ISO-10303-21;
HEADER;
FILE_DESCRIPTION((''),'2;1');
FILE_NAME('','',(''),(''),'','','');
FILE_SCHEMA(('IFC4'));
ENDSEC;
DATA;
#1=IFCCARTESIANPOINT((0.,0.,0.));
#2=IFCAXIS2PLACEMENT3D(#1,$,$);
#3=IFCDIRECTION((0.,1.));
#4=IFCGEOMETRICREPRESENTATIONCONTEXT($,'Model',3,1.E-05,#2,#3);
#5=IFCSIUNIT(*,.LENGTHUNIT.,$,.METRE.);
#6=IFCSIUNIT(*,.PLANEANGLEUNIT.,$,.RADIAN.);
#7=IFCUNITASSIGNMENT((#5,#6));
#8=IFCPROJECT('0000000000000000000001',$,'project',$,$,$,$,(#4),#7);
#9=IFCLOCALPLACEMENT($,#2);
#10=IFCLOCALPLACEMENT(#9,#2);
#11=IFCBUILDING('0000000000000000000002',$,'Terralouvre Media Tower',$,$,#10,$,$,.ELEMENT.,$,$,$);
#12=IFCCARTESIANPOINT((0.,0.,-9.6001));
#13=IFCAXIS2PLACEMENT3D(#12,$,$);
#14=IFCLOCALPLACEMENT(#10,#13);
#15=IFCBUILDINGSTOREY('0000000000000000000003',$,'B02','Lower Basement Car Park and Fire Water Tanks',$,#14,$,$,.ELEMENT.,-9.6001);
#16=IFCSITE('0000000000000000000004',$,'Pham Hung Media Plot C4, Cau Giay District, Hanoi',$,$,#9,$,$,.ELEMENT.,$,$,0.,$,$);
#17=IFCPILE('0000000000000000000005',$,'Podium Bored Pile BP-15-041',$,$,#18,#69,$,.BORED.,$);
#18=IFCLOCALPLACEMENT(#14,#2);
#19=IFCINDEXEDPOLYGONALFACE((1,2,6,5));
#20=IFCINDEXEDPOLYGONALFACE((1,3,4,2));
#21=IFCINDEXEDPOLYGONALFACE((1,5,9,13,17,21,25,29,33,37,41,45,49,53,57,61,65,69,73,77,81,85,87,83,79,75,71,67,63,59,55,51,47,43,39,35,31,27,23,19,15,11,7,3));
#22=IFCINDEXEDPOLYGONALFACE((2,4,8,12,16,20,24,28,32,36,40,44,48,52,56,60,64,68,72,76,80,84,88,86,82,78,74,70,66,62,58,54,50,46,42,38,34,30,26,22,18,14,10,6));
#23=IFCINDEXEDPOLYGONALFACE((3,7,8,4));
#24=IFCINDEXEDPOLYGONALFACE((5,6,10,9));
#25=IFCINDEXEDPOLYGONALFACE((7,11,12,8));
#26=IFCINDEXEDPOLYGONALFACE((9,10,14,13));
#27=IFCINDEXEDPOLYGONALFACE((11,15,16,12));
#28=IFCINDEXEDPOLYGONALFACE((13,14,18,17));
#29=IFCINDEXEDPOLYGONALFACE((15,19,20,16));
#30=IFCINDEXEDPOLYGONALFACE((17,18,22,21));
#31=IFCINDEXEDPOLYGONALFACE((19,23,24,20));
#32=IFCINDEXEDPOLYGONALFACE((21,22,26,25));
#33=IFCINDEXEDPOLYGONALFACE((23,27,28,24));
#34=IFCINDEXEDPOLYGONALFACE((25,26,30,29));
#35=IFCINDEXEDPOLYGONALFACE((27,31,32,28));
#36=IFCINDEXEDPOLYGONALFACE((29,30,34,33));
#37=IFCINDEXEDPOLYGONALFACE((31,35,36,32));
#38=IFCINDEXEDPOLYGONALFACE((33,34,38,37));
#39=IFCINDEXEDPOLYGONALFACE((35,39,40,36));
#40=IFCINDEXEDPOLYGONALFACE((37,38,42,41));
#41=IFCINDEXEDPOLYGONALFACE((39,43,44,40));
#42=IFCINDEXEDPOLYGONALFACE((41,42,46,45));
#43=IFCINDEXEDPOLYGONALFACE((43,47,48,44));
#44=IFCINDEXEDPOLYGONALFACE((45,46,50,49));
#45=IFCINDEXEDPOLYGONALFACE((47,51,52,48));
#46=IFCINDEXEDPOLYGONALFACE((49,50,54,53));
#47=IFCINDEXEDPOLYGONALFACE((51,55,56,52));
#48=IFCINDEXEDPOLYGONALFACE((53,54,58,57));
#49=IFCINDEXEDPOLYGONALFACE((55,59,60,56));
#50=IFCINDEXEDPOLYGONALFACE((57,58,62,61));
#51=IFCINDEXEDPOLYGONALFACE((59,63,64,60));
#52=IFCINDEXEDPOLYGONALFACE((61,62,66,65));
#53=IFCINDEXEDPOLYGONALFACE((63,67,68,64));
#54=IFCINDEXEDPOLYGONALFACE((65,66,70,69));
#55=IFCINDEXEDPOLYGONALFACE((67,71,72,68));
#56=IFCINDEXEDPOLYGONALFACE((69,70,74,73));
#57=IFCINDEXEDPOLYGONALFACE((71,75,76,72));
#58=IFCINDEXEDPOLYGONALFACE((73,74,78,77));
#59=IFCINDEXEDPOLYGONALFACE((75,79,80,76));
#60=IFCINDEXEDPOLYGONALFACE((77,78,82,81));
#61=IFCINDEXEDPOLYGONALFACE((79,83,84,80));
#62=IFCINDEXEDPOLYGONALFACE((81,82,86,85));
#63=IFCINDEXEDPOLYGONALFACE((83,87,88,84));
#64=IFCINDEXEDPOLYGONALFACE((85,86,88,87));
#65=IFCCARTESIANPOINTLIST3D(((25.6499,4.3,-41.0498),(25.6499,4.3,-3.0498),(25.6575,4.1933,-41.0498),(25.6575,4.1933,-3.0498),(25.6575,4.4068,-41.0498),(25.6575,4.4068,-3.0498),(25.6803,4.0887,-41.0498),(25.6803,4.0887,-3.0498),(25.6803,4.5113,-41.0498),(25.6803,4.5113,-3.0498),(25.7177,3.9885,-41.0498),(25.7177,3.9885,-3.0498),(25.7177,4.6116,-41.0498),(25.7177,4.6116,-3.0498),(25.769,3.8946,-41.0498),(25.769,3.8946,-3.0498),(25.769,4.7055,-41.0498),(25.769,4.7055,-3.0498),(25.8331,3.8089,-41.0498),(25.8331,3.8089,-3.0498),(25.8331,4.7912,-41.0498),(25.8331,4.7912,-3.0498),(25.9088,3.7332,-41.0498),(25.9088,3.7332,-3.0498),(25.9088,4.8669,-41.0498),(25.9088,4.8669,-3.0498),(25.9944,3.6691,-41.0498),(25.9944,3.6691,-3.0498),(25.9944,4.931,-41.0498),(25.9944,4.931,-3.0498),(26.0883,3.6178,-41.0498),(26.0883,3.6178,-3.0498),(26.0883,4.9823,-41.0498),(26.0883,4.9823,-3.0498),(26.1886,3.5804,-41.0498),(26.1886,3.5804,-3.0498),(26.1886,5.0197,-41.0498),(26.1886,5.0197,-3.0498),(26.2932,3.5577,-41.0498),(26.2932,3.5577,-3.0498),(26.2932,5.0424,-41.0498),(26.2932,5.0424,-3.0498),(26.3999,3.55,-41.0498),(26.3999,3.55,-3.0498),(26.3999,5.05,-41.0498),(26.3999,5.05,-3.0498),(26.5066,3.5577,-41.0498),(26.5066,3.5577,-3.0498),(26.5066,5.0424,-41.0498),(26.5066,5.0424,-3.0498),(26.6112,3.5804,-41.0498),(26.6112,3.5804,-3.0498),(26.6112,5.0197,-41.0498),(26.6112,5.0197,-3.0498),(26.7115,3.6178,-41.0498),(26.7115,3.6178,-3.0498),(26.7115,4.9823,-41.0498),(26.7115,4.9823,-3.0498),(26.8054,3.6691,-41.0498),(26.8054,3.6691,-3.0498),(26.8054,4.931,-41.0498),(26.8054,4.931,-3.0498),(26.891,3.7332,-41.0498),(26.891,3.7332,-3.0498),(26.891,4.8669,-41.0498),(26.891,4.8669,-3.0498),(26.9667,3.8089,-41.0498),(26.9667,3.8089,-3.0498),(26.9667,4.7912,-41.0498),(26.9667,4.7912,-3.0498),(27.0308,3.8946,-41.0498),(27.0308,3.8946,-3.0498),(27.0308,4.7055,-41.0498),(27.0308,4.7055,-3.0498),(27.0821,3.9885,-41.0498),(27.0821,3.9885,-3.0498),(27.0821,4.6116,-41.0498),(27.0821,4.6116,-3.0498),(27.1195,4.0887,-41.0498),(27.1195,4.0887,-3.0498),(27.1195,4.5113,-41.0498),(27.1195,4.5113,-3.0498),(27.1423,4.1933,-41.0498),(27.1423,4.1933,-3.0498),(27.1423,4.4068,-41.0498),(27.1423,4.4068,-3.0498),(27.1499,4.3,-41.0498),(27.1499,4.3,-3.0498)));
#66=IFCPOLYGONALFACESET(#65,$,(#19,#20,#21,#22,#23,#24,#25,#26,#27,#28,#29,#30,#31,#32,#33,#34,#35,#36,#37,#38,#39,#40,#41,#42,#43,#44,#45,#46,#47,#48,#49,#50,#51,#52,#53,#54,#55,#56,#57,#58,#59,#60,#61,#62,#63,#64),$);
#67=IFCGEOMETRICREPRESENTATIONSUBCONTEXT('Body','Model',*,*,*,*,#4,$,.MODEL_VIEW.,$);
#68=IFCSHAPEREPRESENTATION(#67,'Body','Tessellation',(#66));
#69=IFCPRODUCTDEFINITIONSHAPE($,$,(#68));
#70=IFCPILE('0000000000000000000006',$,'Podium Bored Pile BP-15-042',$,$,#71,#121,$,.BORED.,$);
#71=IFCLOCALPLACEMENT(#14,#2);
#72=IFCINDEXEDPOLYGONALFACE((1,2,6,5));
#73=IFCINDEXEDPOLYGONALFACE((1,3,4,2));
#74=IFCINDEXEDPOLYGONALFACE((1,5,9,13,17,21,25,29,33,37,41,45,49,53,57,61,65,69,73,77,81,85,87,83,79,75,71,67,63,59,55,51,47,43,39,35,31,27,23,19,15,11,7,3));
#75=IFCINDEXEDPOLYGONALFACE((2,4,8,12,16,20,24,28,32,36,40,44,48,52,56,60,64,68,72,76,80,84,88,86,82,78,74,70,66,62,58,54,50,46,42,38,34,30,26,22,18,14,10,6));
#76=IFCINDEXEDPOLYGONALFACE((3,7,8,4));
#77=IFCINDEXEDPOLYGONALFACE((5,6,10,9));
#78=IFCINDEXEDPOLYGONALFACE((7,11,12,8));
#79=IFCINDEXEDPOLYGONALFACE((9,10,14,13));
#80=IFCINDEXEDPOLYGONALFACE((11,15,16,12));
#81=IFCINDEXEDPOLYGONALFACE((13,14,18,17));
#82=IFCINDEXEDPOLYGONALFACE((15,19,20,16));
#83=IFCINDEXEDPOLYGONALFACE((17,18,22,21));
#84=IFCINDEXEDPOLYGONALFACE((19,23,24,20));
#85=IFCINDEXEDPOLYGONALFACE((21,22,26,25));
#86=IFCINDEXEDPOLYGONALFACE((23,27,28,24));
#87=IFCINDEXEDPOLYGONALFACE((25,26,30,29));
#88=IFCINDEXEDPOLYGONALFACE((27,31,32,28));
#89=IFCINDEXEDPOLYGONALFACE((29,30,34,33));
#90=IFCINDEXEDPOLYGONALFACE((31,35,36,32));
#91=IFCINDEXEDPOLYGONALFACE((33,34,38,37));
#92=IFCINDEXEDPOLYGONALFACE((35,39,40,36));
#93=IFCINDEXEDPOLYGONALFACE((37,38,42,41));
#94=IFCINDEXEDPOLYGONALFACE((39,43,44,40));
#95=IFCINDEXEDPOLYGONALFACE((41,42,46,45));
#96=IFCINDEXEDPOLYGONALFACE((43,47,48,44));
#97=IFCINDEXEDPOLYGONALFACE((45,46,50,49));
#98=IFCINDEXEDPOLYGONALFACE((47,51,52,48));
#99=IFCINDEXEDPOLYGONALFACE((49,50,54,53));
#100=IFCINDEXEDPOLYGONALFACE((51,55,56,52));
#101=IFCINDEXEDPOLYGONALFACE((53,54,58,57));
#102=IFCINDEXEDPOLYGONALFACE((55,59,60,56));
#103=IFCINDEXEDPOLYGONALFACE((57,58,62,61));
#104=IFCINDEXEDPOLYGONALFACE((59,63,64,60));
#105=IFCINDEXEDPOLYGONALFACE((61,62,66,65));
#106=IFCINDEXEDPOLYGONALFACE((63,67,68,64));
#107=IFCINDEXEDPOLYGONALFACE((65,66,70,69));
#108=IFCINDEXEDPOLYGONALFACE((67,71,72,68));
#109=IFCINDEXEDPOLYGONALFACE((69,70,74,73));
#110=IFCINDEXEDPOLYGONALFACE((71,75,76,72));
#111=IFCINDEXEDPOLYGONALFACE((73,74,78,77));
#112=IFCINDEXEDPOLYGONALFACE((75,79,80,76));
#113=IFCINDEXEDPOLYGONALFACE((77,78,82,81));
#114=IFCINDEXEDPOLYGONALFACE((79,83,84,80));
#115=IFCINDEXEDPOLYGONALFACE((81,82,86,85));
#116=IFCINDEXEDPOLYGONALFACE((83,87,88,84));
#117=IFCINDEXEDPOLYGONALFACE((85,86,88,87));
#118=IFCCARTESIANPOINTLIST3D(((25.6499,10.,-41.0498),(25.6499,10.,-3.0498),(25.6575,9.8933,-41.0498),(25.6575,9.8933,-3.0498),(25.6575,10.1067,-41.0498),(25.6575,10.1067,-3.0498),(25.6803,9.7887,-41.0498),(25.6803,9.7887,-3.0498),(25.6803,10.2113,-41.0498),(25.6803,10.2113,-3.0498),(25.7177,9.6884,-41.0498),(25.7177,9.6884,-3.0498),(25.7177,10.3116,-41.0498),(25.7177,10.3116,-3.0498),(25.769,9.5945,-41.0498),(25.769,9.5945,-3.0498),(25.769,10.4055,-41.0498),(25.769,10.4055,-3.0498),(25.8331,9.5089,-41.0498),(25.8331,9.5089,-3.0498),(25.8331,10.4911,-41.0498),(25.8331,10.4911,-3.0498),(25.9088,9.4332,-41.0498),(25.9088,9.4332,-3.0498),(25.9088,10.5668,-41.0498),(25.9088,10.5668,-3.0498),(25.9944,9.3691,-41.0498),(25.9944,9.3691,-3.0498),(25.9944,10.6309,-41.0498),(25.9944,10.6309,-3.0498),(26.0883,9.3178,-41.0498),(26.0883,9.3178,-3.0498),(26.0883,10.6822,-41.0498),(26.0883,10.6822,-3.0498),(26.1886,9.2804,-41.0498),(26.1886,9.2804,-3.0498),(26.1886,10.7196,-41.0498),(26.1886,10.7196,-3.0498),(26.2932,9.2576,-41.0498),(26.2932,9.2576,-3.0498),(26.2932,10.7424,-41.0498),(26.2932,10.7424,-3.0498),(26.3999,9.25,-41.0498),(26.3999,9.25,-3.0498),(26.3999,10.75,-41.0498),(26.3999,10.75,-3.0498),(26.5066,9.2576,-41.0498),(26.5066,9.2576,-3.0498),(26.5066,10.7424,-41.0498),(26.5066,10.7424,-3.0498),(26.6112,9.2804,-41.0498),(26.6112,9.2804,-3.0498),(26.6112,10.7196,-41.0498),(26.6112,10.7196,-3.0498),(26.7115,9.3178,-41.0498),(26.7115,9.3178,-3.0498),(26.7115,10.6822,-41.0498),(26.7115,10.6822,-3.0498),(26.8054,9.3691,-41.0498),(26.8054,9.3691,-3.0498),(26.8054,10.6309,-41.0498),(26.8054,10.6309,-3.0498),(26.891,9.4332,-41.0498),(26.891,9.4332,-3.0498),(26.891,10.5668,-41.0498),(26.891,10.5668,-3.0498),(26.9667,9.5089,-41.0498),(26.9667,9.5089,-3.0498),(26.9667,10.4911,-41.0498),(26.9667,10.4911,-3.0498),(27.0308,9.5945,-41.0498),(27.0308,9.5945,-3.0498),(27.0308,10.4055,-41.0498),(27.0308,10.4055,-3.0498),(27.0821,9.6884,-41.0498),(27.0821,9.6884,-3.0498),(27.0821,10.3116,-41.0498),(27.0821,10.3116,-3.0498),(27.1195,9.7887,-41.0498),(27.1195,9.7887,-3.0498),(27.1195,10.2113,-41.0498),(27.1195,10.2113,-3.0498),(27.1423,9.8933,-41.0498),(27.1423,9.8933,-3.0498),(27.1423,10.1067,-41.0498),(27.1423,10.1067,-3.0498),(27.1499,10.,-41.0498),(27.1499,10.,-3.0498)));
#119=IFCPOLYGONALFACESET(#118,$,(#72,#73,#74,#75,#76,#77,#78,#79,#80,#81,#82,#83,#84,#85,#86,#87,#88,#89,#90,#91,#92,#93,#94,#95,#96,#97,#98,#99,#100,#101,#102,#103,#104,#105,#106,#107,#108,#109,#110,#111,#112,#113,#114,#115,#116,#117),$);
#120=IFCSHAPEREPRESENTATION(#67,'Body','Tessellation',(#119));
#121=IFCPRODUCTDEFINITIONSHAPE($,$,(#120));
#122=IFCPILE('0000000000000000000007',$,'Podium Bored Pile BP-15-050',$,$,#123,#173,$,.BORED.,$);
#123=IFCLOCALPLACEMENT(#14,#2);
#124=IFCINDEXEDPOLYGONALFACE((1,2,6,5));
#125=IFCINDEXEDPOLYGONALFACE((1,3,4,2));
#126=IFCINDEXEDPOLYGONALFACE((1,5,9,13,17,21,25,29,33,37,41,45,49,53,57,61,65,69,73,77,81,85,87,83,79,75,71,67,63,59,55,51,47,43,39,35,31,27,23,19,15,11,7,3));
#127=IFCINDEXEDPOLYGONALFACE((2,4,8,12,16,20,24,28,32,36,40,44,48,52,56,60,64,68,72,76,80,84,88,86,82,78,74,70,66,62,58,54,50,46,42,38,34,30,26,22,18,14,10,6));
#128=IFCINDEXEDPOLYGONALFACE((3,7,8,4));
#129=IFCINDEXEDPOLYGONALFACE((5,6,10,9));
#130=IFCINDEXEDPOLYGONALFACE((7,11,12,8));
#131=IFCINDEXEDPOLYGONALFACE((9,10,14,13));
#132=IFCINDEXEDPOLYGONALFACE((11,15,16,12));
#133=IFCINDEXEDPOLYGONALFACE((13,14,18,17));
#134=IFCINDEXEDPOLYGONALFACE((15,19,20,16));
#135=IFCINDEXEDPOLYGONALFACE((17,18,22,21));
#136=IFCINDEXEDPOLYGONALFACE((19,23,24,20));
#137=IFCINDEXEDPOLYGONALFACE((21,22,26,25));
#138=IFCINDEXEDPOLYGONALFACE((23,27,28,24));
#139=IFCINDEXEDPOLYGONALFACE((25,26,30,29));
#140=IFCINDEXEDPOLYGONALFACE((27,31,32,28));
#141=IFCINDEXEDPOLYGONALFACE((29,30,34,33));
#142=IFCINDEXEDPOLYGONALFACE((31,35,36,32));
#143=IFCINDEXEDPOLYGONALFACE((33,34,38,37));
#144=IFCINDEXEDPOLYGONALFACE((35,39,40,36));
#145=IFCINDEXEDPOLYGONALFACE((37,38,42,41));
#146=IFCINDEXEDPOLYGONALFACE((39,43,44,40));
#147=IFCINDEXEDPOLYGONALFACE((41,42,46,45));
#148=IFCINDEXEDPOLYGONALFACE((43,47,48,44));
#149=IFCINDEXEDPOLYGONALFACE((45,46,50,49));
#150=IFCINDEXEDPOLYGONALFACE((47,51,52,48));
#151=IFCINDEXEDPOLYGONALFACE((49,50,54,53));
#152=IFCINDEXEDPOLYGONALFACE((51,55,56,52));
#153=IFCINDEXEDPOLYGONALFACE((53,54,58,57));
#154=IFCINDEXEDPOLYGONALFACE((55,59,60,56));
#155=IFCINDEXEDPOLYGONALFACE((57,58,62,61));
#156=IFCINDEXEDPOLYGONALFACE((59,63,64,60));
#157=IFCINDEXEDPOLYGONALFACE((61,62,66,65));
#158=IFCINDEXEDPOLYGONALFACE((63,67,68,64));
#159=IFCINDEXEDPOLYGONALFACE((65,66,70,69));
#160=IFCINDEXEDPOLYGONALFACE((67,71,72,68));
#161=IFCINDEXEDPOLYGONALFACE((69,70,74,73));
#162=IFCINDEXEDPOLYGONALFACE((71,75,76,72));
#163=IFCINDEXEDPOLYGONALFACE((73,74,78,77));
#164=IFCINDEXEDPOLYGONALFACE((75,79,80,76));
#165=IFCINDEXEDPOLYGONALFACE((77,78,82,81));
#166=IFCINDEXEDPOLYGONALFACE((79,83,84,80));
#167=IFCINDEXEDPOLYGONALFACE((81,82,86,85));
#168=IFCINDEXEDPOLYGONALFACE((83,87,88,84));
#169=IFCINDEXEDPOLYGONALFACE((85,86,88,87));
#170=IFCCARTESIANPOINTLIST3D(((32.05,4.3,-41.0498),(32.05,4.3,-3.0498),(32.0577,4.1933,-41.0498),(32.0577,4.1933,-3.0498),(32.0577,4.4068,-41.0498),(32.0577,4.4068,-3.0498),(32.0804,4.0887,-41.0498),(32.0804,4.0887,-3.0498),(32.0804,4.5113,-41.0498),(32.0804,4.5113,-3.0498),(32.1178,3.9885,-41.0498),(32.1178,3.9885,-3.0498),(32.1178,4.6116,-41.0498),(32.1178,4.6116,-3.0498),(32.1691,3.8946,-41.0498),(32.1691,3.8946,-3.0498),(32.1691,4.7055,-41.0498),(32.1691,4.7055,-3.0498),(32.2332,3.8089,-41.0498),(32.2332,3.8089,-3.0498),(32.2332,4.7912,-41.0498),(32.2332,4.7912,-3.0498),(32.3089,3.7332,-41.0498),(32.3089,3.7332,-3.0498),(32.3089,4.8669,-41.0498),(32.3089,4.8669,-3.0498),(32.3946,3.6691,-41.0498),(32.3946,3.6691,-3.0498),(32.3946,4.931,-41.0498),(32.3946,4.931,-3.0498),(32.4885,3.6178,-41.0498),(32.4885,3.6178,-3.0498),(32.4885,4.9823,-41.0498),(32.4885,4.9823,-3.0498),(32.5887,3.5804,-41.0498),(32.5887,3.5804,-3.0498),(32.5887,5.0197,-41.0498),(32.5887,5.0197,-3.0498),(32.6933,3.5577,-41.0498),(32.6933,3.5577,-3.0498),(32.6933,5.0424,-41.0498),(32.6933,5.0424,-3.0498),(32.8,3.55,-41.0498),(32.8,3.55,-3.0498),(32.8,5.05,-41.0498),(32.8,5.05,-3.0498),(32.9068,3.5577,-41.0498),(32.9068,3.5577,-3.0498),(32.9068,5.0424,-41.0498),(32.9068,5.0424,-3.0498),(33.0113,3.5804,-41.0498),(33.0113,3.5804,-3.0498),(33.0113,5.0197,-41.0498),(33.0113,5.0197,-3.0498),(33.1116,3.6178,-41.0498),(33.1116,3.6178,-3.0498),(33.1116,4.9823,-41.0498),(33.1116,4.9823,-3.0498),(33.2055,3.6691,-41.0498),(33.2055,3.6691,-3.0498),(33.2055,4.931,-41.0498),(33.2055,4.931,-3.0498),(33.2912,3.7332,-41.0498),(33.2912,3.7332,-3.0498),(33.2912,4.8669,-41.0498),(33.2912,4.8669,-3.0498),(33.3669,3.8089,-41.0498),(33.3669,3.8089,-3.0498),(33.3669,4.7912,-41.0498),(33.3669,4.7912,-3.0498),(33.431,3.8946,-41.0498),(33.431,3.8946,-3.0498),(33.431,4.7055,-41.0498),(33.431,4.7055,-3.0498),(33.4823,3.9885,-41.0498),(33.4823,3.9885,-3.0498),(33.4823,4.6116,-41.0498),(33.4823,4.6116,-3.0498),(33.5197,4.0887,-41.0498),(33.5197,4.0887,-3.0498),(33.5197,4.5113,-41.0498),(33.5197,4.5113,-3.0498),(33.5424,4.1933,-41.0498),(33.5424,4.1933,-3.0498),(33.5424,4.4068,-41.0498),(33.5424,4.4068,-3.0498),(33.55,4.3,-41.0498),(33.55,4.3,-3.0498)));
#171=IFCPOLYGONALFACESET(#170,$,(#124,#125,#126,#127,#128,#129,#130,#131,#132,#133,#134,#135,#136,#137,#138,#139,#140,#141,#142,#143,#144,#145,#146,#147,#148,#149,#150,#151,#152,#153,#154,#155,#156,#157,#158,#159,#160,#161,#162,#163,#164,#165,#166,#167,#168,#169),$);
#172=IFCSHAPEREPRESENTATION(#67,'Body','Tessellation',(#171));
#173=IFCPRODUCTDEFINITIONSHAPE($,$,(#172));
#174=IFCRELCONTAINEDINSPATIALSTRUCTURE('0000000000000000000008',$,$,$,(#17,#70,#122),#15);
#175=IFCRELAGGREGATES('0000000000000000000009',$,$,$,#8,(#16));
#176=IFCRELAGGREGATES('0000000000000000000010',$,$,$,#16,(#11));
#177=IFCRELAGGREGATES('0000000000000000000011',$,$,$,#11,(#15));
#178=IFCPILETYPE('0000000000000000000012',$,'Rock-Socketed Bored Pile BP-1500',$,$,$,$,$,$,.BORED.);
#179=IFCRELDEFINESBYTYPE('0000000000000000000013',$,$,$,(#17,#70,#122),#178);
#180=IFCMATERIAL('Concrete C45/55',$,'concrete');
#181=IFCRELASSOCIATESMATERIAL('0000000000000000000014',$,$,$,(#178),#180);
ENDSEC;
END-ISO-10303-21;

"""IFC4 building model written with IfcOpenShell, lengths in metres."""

from ifc_helpers import new_model, si_unit, direction, frame, origin, origin_2d, place, context, subcontext, project, spatial, circle, extrude, material, material_profile, profile_set, type_object, element, save


model = new_model("IFC4")

# Units and contexts
model_context = context("Model", 3, precision=1e-05, world=origin(), true_north=direction((0.0, 1.0)))
body_context = subcontext(model_context, "Body", "Model", "MODEL_VIEW")
ifc_project = project(units=[si_unit("LENGTHUNIT", "METRE"), si_unit("PLANEANGLEUNIT", "RADIAN")], contexts=[model_context])

# Site, building, storey
site_placement = place(None, origin())
site = spatial("IfcSite", under=ifc_project, at=site_placement, Name="Pham Hung Media Plot C4, Cau Giay District, Hanoi", CompositionType="ELEMENT", RefElevation=0.0)
building_placement = place(site_placement, origin())
building = spatial("IfcBuilding", under=site, at=building_placement, Name="Terralouvre Media Tower", CompositionType="ELEMENT")
storey_placement = place(building_placement, frame((0.0, 0.0, -9.6001)))
storey = spatial("IfcBuildingStorey", under=building, at=storey_placement, Name="B02", Description="Lower Basement Car Park and Fire Water Tanks", CompositionType="ELEMENT", Elevation=-9.6001)

# Piles
ifc_material_1 = material(Name="Concrete C45/55", Category="concrete")
ifc_material_profile_1 = material_profile(ifc_material_1, circle(Radius=0.75, at=origin_2d()), Name="BORED PILE 1500")
ifc_profile_set_1 = profile_set([ifc_material_profile_1], Name="Concrete C45/55")
pile_type = type_object("IfcPileType", Name="Rock-Socketed Bored Pile BP-1500", PredefinedType="BORED", material=ifc_profile_set_1)
for number, where, z_axis, x_axis, name in (
    (1, (26.3999, 4.3, -3.0498), (0.0, 0.0, -1.0), (1.0, 0.0, 0.0), "Podium Bored Pile BP-15-041"),
    (2, (26.3999, 10.0, -3.0498), (0.0, 0.0, -1.0), (1.0, 0.0, 0.0), "Podium Bored Pile BP-15-042"),
    (3, (32.8, 4.3, -3.0498), (0.0, 0.0, -1.0), (1.0, 0.0, 0.0), "Podium Bored Pile BP-15-050"),
):
    element("IfcPile", number, at=place(storey_placement, frame(where, z_axis=z_axis, x_axis=x_axis)), inside=storey, type_object=pile_type, Name=name, PredefinedType="BORED", context=body_context, shape_type="SweptSolid", body=[
        extrude(circle(Radius=0.75, at=origin_2d()), origin(), (0.0, 0.0, 1.0), 38.0),
    ])

save(model, "model.ifc")
